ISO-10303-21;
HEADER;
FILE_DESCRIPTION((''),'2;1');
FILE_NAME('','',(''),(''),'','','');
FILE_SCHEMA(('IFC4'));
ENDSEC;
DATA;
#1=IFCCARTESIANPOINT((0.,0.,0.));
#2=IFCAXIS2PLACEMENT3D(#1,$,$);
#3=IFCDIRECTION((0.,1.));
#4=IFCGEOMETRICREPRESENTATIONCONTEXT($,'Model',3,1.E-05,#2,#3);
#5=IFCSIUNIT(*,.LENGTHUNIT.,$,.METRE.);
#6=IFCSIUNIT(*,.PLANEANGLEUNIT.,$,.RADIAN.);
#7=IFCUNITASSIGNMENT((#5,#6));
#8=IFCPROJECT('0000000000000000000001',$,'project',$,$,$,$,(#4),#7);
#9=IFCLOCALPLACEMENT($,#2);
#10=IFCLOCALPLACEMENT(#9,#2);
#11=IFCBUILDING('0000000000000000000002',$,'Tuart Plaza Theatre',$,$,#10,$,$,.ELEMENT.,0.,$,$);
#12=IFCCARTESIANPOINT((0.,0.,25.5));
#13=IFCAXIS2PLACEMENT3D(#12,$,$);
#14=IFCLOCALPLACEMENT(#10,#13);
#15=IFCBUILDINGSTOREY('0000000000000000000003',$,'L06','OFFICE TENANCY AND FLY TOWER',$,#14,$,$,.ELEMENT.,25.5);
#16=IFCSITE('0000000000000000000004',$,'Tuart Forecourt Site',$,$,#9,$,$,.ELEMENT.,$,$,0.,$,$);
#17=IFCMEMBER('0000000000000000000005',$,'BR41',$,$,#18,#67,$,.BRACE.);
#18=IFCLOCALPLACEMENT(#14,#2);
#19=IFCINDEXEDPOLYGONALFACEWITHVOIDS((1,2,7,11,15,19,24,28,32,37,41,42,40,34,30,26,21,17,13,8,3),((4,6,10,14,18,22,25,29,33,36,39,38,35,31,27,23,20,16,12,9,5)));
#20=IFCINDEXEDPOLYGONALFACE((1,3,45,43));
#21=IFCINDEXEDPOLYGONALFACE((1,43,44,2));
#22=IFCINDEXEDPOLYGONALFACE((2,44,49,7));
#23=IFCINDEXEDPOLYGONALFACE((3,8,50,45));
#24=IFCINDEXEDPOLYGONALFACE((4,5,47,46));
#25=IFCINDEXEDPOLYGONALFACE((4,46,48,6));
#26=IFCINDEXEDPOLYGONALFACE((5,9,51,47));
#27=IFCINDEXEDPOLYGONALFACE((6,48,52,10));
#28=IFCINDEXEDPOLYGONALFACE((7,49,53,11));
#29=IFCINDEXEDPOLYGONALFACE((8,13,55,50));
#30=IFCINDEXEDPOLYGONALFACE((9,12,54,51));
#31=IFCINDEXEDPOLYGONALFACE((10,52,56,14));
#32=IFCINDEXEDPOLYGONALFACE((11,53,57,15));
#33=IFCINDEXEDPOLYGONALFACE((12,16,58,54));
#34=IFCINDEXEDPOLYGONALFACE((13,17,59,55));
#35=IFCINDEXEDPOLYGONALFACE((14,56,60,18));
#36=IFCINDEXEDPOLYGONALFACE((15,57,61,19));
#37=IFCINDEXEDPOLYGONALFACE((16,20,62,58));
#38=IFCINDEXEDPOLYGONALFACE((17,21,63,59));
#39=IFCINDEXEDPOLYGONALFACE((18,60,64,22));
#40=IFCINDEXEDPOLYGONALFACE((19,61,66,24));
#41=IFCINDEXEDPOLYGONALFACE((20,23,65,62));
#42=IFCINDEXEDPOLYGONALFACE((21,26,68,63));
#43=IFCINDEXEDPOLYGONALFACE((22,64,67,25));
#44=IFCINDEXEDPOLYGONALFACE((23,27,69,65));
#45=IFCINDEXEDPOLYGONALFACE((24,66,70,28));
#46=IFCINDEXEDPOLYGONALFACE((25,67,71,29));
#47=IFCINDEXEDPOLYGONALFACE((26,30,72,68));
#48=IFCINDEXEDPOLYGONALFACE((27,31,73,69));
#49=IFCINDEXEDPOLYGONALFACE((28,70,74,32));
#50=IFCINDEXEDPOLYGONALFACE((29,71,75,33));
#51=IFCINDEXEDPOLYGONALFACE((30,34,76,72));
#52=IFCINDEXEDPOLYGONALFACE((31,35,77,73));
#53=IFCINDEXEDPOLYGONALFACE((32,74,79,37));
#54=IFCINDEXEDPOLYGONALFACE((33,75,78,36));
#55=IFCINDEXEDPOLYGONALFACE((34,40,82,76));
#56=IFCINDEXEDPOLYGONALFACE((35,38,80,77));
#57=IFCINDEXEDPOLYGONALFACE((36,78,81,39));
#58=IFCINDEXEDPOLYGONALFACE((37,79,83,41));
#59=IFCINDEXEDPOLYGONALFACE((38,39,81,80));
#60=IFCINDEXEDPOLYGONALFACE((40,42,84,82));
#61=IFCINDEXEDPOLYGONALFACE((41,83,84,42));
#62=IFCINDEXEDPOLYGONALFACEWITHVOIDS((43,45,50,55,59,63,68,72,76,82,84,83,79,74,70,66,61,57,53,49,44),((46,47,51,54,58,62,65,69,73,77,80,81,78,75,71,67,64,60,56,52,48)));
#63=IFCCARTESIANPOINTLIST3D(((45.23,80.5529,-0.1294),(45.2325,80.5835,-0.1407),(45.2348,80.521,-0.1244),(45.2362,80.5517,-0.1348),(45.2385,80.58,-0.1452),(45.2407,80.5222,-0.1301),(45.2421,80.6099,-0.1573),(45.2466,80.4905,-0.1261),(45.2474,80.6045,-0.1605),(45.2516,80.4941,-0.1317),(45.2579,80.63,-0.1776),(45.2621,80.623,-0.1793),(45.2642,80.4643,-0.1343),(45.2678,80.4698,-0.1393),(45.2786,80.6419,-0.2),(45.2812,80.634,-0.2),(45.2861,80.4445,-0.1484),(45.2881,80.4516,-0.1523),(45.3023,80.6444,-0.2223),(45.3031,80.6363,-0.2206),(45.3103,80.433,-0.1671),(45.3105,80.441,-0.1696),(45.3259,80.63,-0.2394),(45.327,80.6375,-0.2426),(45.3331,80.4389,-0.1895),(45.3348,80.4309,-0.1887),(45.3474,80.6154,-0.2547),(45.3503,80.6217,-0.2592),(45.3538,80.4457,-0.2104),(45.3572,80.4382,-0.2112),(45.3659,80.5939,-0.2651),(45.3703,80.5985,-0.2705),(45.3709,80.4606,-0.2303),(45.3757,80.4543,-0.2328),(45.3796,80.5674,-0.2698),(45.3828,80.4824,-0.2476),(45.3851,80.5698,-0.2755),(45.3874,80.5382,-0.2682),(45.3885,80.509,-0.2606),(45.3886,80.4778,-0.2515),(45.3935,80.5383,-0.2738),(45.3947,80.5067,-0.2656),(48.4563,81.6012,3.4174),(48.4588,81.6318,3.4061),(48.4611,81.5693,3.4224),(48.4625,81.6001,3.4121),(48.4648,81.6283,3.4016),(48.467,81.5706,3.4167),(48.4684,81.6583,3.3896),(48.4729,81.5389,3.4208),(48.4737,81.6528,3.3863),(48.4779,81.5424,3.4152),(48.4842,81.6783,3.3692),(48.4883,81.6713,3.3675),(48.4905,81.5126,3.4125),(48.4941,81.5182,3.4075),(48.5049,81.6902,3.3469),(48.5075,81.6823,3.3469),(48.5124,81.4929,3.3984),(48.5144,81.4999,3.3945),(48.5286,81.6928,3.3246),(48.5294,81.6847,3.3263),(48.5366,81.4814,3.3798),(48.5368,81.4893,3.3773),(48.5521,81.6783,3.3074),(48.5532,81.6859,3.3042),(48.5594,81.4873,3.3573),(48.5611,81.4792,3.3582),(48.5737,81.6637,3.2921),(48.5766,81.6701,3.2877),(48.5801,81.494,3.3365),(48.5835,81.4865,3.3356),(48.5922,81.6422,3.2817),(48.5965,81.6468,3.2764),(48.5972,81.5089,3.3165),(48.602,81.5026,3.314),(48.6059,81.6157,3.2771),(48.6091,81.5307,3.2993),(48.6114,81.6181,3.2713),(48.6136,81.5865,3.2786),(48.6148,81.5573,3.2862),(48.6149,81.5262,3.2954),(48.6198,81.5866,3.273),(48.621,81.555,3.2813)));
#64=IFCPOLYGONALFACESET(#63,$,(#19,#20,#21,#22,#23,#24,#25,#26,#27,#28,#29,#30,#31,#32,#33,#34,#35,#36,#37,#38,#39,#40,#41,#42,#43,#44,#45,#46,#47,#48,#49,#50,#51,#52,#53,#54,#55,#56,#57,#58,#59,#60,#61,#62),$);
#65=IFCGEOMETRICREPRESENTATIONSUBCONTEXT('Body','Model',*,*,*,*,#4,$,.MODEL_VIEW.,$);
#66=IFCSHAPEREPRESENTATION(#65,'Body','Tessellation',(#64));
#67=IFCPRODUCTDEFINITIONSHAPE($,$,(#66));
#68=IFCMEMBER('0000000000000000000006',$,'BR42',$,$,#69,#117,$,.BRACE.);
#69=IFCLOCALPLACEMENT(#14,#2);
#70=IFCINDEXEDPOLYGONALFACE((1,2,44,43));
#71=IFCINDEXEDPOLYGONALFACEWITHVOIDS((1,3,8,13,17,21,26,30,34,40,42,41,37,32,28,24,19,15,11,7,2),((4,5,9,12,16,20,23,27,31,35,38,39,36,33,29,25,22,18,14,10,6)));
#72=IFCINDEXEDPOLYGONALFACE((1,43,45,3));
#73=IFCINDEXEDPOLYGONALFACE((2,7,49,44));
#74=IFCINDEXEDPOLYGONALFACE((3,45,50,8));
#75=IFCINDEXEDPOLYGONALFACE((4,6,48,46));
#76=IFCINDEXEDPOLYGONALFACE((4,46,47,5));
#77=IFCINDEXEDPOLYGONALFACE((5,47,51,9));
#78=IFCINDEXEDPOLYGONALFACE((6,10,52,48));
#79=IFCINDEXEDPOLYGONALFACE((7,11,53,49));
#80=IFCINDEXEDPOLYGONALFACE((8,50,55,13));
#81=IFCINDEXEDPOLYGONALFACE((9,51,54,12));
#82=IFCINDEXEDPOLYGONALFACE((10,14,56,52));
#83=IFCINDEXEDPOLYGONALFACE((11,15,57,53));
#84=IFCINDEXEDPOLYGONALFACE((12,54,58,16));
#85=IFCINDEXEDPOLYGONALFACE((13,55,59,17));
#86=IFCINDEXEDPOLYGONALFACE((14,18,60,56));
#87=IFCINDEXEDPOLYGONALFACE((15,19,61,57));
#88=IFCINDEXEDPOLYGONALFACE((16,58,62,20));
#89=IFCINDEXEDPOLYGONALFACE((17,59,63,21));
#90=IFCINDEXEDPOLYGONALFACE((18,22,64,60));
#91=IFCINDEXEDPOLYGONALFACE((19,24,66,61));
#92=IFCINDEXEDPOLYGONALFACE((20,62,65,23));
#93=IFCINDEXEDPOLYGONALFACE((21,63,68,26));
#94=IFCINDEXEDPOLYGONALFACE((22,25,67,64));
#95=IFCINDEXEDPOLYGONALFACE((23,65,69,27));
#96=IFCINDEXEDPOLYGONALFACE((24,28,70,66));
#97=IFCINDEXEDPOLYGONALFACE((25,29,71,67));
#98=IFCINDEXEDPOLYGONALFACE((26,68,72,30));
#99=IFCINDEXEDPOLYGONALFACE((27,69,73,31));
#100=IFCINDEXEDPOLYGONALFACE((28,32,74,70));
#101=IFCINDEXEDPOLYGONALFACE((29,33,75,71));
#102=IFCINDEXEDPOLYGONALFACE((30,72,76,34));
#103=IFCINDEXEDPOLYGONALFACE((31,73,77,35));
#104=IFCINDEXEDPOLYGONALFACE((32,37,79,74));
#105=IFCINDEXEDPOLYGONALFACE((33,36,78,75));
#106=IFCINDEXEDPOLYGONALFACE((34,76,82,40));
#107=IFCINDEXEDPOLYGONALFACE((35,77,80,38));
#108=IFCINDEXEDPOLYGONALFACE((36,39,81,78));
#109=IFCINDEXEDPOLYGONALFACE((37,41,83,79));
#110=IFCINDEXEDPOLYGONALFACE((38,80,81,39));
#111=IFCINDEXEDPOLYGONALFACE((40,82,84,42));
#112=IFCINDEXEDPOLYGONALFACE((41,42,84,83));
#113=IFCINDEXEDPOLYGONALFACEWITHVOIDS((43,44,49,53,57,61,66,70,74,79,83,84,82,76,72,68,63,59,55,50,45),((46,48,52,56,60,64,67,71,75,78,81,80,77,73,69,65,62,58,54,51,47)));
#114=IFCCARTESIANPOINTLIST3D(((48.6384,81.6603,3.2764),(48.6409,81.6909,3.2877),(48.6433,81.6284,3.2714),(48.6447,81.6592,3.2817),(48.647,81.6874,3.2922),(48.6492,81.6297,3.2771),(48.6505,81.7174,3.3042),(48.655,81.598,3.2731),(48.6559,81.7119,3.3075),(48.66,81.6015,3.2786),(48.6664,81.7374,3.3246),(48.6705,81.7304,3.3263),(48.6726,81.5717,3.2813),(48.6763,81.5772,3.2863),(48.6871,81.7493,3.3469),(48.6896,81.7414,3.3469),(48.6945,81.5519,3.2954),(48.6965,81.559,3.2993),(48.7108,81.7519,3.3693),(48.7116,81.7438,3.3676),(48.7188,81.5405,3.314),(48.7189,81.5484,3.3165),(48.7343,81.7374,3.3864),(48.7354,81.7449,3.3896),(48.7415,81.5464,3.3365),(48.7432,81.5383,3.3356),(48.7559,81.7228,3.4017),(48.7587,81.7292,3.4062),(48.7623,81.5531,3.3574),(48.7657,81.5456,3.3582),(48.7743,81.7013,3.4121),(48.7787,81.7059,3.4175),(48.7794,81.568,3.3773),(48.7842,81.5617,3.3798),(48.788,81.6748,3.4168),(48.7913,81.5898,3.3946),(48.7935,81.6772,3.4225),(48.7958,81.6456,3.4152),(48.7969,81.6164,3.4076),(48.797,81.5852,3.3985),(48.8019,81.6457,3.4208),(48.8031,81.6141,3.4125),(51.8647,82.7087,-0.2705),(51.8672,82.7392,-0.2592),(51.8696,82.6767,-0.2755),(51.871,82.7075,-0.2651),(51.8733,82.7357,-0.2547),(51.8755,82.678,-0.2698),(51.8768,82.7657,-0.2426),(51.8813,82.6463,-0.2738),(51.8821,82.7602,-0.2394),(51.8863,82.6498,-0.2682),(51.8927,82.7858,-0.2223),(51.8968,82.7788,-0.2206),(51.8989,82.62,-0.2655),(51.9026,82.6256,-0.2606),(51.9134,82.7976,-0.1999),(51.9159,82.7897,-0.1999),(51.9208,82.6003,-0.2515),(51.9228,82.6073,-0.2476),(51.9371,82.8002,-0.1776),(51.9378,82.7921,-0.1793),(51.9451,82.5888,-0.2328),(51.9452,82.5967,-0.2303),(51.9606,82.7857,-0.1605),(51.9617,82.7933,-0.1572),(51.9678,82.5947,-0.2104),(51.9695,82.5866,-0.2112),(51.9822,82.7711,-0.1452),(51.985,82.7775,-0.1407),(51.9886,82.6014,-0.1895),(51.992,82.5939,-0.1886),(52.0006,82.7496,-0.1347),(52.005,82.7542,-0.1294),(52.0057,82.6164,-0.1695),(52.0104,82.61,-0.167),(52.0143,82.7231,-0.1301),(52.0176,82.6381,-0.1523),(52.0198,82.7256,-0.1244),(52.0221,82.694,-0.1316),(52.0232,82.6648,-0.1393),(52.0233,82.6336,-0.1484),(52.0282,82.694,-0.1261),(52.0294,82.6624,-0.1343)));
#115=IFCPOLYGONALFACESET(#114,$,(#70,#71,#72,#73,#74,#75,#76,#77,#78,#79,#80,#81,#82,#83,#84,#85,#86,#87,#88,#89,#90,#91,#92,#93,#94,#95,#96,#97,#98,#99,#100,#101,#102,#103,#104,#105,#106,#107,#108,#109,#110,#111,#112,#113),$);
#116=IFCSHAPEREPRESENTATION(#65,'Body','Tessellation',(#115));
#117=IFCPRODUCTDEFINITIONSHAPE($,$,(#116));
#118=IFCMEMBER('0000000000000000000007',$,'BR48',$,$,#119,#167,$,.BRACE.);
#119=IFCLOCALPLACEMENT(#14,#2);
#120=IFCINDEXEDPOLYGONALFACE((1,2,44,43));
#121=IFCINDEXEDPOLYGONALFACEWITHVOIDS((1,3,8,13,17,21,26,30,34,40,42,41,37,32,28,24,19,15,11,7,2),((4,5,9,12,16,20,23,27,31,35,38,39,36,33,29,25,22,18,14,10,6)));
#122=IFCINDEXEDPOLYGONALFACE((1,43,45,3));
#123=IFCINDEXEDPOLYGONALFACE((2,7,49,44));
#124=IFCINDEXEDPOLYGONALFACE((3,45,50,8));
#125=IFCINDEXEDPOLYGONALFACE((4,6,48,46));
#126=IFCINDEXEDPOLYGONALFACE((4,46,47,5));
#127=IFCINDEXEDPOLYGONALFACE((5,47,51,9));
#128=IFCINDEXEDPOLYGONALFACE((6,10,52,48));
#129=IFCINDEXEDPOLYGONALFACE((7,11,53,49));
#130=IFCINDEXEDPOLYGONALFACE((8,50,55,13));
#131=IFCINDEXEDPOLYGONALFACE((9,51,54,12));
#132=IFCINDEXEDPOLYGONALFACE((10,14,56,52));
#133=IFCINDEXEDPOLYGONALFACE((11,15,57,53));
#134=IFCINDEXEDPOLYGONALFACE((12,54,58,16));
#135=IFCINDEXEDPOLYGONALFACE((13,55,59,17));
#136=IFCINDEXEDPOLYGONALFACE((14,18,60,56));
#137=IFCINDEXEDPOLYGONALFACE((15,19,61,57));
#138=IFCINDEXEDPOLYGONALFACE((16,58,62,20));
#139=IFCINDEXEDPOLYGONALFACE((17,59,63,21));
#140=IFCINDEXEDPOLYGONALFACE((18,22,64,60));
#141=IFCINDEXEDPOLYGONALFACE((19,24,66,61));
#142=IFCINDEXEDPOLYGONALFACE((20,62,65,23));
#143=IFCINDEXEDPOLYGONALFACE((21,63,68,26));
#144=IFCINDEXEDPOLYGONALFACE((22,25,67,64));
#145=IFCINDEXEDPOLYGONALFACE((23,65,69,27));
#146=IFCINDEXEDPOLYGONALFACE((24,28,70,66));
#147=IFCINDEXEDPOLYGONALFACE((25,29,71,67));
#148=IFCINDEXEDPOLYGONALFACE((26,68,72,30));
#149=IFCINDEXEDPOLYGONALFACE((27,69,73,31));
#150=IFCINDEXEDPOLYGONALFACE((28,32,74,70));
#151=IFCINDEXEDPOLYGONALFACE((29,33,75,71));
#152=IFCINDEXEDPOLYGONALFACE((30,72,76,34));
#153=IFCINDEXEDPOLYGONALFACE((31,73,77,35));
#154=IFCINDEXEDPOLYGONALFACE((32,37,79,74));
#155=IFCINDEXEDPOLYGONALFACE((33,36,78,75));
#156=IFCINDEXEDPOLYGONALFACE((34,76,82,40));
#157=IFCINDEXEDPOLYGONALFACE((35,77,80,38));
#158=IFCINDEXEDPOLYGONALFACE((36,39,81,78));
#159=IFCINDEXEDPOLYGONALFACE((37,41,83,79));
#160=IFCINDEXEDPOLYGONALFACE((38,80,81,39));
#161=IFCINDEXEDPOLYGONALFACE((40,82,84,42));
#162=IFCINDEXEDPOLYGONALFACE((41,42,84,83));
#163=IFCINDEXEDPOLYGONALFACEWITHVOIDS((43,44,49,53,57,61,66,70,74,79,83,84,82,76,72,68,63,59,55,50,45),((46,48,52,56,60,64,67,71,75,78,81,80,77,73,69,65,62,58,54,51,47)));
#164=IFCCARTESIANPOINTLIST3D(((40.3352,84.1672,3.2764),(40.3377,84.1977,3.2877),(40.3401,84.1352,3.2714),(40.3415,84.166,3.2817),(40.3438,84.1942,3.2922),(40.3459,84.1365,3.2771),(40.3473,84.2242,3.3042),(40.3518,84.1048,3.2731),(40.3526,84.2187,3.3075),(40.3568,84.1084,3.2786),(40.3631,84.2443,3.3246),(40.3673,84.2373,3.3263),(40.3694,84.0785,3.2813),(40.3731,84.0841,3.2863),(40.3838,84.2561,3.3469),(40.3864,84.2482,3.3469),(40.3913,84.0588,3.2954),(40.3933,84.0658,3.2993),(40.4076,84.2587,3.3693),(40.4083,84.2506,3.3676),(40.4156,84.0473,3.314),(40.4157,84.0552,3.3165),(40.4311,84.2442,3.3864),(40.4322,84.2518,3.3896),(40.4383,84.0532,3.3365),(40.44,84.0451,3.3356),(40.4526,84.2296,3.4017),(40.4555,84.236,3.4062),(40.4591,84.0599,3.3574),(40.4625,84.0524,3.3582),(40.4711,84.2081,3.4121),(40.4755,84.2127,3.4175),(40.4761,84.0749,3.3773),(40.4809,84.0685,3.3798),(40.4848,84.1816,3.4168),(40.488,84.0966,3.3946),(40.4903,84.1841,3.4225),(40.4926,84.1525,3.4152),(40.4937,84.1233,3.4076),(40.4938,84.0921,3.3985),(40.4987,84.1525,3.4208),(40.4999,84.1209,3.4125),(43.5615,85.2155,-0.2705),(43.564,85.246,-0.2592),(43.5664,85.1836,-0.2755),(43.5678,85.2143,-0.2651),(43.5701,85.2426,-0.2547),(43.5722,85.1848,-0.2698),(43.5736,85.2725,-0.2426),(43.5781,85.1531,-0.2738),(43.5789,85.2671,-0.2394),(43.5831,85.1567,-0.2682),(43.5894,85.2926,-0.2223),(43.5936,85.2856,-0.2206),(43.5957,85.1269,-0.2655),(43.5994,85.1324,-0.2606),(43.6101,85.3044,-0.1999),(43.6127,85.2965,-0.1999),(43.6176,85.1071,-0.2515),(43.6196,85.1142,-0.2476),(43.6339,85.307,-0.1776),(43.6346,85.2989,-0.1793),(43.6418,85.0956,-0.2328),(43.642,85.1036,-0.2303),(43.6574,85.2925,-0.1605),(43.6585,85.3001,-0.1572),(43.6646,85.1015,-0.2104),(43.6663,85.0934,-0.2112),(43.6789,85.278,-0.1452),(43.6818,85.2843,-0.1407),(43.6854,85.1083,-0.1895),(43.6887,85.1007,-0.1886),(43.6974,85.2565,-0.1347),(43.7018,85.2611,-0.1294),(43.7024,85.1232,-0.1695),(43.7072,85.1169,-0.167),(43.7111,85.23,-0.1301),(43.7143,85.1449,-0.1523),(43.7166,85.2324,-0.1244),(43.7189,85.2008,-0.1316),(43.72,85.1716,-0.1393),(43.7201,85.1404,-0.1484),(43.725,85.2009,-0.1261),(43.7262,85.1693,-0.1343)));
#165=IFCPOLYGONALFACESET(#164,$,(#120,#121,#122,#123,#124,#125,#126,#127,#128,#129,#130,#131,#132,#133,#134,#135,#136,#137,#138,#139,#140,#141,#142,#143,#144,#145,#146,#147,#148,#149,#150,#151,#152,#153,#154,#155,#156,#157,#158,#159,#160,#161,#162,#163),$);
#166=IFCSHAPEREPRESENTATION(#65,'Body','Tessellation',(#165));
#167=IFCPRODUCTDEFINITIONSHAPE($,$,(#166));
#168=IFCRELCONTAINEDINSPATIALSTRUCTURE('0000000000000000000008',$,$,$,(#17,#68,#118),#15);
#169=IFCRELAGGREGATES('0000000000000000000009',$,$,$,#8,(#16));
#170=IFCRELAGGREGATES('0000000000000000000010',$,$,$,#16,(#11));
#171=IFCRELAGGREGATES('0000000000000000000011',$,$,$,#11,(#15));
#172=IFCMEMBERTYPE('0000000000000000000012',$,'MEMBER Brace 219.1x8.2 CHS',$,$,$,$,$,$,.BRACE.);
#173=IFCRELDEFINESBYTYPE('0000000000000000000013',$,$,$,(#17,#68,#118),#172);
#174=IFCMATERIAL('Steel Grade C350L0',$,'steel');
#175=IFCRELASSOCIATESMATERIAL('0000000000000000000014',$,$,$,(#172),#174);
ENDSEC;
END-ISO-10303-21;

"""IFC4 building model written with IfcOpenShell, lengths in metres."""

from ifc_helpers import new_model, si_unit, direction, frame, origin, origin_2d, place, context, subcontext, project, spatial, hollow_circle, extrude, material, material_profile, profile_set, type_object, element, save


model = new_model("IFC4")

# Units and contexts
model_context = context("Model", 3, precision=1e-05, world=origin(), true_north=direction((0.0, 1.0)))
body_context = subcontext(model_context, "Body", "Model", "MODEL_VIEW")
ifc_project = project(units=[si_unit("LENGTHUNIT", "METRE"), si_unit("PLANEANGLEUNIT", "RADIAN")], contexts=[model_context])

# Site, building, storey
site_placement = place(None, origin())
site = spatial("IfcSite", under=ifc_project, at=site_placement, Name="Tuart Forecourt Site", CompositionType="ELEMENT", RefElevation=0.0)
building_placement = place(site_placement, origin())
building = spatial("IfcBuilding", under=site, at=building_placement, Name="Tuart Plaza Theatre", CompositionType="ELEMENT", ElevationOfRefHeight=0.0)
storey_placement = place(building_placement, frame((0.0, 0.0, 25.5)))
storey = spatial("IfcBuildingStorey", under=building, at=storey_placement, Name="L06", Description="OFFICE TENANCY AND FLY TOWER", CompositionType="ELEMENT", Elevation=25.5)

# Members
ifc_material_1 = material(Name="Steel Grade C350L0", Category="steel")
ifc_material_profile_1 = material_profile(ifc_material_1, hollow_circle(Radius=0.1096, WallThickness=0.0083, at=origin_2d()), Name="219.1x8.2 CHS")
ifc_profile_set_1 = profile_set([ifc_material_profile_1], Name="Steel Grade C350L0")
member_type_1 = type_object("IfcMemberType", Name="MEMBER Brace 219.1x8.2 CHS", PredefinedType="BRACE", material=ifc_profile_set_1)
for number, where, z_axis, x_axis, name in (
    (1, (45.3125, 80.5376, -0.2), (0.657359, 0.213598, 0.722672), (-0.309029, 0.951053, 0.0), "BR41"),
    (2, (48.7209, 81.645, 3.3469), (0.657359, 0.213598, -0.722672), (-0.309029, 0.951053, 0.0), "BR42"),
    (3, (40.4177, 84.1519, 3.3469), (0.657359, 0.213598, -0.722672), (-0.309029, 0.951053, 0.0), "BR48"),
):
    element("IfcMember", number, at=place(storey_placement, frame(where, z_axis=z_axis, x_axis=x_axis)), inside=storey, type_object=member_type_1, Name=name, PredefinedType="BRACE", context=body_context, shape_type="SweptSolid", body=[
        extrude(hollow_circle(Radius=0.1096, WallThickness=0.0083, at=origin_2d()), origin(), (0.0, 0.0, 1.0), 4.908),
    ])

save(model, "model.ifc")
